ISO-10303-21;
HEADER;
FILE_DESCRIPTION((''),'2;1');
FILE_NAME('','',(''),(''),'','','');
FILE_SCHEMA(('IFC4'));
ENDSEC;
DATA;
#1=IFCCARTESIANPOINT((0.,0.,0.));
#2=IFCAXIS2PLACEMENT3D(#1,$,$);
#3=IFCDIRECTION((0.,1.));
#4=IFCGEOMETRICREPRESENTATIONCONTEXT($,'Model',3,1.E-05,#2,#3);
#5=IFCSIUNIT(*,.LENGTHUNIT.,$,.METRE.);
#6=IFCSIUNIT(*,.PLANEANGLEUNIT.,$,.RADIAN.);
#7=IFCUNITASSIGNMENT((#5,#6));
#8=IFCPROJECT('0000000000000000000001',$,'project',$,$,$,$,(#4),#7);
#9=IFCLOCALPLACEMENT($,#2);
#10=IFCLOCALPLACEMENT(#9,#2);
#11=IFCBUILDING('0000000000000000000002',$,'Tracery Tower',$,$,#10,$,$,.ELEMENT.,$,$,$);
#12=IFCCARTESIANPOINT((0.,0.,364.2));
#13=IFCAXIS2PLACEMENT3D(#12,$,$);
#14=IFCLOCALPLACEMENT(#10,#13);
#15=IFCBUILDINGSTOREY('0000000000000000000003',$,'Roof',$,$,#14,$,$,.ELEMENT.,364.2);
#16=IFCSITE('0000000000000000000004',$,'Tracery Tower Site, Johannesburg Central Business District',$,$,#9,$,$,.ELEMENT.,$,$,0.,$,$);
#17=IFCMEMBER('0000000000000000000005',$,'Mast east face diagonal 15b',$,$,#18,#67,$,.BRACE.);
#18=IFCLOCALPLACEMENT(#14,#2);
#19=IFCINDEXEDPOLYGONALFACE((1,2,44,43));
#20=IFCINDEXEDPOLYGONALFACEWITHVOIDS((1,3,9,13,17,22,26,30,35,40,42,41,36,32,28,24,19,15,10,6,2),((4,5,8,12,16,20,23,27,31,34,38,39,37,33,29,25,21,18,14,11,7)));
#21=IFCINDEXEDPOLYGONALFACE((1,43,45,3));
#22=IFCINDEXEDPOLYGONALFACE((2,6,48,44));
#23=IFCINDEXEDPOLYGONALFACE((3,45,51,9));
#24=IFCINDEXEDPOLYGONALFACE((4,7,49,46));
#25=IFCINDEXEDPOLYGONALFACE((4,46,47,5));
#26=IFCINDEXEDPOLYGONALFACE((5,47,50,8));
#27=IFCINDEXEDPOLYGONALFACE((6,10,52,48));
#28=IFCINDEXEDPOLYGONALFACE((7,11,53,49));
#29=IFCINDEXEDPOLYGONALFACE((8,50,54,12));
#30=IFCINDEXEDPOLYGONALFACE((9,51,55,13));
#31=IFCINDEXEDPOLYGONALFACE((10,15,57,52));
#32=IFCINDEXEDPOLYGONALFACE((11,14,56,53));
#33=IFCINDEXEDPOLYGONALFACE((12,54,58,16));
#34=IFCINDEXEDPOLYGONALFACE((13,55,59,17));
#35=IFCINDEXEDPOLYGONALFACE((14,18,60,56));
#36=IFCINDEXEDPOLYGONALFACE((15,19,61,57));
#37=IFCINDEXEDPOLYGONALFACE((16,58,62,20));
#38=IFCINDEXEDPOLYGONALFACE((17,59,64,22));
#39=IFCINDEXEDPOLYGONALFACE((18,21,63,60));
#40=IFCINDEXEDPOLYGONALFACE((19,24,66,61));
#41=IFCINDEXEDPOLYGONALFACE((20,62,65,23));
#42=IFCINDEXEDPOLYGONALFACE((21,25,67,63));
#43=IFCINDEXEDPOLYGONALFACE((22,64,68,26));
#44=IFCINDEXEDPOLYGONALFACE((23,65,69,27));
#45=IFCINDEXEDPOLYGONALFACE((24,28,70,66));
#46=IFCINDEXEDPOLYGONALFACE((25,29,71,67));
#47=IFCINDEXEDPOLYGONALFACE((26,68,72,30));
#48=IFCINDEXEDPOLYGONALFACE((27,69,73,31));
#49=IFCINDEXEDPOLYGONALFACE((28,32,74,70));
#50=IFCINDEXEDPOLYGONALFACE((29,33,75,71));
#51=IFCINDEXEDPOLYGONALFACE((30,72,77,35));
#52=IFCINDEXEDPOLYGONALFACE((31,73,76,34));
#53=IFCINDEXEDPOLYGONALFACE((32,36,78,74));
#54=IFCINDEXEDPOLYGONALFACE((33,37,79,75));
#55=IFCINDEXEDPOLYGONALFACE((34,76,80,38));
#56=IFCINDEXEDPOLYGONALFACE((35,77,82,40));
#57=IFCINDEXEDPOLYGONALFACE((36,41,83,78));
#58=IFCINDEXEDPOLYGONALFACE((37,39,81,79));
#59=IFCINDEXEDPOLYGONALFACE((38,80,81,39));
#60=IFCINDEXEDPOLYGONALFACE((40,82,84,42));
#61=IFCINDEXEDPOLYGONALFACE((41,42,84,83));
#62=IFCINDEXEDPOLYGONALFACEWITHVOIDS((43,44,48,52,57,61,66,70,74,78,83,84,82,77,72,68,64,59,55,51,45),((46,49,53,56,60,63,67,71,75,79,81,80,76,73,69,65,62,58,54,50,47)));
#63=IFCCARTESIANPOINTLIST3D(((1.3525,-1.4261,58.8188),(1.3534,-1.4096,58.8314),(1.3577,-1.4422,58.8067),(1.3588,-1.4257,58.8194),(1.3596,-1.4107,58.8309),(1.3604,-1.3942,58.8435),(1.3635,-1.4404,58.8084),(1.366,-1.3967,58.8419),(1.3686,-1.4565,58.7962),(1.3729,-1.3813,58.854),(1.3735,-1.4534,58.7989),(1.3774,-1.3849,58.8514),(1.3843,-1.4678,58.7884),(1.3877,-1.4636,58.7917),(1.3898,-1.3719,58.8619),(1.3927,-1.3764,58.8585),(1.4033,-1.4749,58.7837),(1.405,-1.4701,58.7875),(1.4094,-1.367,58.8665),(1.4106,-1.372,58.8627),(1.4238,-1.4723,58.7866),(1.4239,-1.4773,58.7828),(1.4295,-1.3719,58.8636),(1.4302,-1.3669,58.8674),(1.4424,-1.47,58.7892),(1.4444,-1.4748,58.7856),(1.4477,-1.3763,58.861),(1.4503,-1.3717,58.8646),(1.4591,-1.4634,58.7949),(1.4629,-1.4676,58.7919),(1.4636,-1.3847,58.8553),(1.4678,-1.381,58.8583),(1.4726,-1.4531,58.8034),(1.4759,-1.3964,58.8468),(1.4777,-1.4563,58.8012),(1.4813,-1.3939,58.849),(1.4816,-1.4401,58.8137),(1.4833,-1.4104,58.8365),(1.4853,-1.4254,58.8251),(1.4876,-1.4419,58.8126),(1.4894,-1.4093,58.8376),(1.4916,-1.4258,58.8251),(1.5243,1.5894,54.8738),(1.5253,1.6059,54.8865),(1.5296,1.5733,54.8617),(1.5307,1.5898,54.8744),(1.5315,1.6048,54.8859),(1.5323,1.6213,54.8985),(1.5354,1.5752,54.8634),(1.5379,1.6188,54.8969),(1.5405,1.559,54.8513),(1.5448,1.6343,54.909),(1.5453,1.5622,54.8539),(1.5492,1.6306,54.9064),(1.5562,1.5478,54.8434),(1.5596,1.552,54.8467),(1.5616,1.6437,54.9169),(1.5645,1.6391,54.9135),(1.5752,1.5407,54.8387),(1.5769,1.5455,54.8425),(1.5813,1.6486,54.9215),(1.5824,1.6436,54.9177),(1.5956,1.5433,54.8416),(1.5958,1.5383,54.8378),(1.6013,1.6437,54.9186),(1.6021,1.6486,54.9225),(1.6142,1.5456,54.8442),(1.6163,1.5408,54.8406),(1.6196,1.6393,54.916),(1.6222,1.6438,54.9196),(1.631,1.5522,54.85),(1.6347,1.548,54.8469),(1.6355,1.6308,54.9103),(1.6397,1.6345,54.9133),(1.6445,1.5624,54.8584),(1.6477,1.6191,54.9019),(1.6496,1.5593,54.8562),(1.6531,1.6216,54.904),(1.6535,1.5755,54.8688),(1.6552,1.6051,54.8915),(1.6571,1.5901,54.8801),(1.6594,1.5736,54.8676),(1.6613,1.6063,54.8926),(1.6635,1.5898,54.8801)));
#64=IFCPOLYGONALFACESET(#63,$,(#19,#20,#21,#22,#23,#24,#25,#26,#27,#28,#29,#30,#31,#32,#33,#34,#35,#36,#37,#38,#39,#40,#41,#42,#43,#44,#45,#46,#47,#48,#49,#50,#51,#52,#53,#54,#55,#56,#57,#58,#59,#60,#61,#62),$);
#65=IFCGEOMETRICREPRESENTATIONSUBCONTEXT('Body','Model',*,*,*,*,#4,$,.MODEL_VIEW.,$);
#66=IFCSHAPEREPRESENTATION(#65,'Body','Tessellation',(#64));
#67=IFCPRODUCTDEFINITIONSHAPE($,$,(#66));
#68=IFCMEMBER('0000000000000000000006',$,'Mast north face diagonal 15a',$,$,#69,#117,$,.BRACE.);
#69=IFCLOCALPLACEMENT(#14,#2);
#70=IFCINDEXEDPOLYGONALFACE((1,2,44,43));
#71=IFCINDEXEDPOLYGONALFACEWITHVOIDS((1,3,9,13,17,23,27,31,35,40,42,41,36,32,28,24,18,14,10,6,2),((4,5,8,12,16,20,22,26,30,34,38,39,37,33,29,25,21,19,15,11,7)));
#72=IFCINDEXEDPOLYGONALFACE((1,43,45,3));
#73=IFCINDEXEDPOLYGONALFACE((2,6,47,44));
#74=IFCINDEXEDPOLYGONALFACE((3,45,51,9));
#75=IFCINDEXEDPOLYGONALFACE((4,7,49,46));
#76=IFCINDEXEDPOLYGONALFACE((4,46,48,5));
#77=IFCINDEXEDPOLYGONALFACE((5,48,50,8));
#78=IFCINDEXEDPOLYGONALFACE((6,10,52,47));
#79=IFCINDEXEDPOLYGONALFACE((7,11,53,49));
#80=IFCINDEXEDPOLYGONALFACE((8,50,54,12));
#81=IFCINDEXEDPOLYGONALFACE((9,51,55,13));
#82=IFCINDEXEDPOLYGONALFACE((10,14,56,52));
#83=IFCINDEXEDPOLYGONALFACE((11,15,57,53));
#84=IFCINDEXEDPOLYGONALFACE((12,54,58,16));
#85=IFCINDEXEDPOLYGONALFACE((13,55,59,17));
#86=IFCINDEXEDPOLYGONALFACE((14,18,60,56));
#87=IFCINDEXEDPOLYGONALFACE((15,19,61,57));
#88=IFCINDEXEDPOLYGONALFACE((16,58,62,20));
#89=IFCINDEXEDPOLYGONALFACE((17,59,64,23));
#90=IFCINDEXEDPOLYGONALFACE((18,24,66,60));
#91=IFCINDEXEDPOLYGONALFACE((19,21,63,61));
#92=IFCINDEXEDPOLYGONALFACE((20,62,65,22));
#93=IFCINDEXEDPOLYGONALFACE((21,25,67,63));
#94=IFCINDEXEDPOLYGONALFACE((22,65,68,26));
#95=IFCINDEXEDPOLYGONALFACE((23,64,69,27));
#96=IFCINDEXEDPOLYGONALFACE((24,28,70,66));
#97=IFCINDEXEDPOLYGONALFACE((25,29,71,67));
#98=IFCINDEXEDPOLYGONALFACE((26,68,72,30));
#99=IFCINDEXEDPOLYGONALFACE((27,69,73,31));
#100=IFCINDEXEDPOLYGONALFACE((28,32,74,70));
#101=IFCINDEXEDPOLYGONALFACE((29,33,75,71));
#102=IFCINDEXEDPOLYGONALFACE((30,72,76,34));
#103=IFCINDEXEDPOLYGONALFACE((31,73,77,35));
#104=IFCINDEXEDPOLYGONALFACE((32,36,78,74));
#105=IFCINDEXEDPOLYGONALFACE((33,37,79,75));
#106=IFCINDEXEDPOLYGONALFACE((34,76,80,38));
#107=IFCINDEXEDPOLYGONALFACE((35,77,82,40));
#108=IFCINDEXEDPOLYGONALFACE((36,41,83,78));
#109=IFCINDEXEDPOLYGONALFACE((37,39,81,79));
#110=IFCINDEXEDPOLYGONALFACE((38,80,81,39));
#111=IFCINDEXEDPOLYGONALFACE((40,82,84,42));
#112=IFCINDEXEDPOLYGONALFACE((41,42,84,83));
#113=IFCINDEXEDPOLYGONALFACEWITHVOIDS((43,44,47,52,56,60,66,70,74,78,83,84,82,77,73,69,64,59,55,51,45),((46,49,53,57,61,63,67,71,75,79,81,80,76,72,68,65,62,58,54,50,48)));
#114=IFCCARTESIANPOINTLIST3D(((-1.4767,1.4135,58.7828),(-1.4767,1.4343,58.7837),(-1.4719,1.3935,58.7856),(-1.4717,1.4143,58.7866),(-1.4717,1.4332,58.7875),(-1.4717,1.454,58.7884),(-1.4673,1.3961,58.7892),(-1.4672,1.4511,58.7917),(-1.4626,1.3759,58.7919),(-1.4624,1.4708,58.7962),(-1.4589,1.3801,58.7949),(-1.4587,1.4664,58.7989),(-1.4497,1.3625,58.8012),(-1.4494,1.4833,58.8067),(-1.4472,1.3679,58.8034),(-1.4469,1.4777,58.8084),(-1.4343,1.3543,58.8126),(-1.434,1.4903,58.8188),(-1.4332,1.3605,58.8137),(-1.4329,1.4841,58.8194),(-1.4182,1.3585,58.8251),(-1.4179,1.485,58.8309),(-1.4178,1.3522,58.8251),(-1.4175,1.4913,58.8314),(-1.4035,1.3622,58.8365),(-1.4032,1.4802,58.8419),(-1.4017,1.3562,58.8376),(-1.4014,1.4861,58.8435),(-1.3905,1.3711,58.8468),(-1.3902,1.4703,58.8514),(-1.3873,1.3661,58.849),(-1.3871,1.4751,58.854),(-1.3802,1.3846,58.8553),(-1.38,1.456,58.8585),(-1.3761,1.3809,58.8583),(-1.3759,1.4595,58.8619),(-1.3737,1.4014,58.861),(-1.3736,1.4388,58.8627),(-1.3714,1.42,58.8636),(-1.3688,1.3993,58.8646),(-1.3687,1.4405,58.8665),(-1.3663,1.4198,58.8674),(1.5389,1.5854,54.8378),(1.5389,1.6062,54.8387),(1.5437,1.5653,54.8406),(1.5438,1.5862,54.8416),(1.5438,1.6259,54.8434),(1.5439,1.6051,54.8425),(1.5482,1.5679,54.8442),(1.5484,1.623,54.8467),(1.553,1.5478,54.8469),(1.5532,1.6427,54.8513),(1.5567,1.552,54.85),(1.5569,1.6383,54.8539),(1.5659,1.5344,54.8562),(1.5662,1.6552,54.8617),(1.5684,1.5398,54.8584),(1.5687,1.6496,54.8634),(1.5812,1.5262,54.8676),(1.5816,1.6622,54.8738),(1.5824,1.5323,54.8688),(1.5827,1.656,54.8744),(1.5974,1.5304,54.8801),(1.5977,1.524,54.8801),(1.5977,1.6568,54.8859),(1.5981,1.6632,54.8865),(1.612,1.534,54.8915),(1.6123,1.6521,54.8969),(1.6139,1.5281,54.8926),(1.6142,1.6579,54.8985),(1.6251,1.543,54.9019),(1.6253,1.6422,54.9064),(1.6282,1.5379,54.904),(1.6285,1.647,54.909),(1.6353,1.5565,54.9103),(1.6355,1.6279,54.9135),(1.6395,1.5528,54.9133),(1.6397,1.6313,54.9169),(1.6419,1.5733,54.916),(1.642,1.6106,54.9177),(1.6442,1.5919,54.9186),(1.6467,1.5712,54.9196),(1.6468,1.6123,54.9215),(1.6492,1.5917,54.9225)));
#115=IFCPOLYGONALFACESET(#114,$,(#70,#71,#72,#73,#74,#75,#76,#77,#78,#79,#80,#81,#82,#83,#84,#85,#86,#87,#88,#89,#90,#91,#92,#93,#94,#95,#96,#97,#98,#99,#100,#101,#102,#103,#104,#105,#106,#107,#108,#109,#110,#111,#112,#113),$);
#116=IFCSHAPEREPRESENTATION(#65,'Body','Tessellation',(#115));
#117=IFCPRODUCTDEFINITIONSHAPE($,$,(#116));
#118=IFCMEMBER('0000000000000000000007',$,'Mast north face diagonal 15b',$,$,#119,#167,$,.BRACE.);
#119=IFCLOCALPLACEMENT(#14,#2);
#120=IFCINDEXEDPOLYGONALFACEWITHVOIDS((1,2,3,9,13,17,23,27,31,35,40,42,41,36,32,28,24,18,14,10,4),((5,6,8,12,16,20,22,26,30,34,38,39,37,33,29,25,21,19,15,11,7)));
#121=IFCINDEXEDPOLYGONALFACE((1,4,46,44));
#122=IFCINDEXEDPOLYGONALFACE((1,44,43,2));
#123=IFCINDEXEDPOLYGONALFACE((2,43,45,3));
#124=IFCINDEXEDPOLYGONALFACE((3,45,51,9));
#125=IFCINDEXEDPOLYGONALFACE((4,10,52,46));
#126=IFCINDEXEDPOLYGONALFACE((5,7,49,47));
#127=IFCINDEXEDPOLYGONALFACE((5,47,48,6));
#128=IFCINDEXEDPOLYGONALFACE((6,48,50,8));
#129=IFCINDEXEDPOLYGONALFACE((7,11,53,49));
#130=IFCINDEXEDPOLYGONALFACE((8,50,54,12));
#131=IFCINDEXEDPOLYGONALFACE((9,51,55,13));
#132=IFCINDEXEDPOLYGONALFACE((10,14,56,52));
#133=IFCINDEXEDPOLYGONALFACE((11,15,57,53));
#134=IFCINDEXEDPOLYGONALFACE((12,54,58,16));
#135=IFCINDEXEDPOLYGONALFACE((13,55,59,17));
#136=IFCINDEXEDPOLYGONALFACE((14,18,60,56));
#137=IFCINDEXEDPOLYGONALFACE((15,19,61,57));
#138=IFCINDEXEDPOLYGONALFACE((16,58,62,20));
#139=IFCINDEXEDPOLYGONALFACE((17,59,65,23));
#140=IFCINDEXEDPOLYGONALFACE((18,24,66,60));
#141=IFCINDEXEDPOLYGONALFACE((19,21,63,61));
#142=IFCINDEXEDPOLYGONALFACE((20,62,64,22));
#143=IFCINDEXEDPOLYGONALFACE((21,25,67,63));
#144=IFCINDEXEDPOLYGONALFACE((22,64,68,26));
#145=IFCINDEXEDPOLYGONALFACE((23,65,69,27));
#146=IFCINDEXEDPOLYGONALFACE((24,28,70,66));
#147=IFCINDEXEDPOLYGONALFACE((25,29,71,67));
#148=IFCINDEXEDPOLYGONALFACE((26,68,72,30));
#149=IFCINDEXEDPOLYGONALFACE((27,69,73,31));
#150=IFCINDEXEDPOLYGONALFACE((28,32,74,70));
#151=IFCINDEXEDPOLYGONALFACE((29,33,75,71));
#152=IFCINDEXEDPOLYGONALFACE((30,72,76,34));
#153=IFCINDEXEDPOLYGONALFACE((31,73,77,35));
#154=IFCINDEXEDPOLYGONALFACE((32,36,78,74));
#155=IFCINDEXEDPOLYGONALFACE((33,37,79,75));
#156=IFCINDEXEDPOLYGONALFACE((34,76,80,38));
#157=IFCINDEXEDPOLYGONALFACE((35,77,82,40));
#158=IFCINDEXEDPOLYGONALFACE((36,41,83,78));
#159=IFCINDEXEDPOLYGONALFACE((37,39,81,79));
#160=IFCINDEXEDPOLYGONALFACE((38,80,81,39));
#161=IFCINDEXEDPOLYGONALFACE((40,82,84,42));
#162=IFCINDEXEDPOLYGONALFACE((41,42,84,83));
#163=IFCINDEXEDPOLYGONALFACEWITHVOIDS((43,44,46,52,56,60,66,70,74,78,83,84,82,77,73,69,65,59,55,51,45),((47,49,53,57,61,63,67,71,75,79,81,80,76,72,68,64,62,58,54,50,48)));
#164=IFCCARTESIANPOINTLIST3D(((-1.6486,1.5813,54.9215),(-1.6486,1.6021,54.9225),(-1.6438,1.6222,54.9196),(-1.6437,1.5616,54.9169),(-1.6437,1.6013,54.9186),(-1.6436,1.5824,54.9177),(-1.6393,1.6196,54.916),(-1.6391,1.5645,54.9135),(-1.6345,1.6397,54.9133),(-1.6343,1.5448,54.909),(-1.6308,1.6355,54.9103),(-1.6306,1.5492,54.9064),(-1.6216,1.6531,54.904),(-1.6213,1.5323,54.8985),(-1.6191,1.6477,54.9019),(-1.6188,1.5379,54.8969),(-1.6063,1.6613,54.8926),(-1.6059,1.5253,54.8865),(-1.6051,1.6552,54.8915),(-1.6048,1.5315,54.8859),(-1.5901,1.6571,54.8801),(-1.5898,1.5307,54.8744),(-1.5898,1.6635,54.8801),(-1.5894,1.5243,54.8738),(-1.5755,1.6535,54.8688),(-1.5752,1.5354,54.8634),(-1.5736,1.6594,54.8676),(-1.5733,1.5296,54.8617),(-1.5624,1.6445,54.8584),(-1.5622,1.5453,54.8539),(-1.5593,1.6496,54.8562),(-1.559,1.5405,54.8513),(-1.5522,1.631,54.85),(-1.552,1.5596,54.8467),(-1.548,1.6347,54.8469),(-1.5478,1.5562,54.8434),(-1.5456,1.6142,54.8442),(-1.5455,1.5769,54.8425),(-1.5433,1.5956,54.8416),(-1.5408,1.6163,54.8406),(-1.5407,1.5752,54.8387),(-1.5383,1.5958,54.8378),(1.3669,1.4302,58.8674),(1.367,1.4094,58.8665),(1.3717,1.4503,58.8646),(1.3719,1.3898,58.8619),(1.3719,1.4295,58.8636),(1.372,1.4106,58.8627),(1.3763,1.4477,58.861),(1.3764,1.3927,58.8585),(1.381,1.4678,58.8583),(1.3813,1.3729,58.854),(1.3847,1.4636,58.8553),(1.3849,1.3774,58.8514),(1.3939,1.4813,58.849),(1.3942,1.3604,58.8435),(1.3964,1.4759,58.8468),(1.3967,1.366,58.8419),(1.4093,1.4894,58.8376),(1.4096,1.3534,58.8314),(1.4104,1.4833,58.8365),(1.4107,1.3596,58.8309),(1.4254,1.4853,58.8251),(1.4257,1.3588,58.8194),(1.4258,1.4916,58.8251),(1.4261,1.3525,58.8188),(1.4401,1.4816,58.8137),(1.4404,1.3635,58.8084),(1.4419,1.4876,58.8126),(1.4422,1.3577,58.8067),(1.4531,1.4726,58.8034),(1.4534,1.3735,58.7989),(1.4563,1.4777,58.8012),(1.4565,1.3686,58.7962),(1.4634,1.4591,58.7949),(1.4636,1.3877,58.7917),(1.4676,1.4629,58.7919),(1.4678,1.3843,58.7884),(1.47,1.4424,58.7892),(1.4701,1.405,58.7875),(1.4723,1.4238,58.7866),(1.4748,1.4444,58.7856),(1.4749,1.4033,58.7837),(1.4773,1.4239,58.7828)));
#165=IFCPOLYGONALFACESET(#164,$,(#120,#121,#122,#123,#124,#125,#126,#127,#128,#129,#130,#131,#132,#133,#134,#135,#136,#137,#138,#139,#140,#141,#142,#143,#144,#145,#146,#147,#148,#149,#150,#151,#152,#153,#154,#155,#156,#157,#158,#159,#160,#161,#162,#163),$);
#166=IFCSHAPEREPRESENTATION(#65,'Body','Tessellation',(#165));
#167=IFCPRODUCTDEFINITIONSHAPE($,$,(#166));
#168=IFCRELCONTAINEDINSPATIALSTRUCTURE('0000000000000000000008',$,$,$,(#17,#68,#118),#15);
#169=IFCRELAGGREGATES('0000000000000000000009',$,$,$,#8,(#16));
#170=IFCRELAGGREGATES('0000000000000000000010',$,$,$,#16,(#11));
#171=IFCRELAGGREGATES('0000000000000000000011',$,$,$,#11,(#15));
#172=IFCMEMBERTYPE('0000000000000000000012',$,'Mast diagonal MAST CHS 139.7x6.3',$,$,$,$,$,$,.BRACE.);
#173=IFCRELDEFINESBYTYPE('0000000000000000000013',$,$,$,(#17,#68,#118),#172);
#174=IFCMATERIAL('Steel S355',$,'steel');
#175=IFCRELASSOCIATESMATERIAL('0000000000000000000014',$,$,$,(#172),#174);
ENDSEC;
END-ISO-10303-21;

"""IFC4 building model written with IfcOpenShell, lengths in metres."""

from ifc_helpers import new_model, si_unit, direction, frame, origin, origin_2d, place, context, subcontext, project, spatial, hollow_circle, extrude, material, material_profile, profile_set, type_object, element, save


model = new_model("IFC4")

# Units and contexts
model_context = context("Model", 3, precision=1e-05, world=origin(), true_north=direction((0.0, 1.0)))
body_context = subcontext(model_context, "Body", "Model", "MODEL_VIEW")
ifc_project = project(units=[si_unit("LENGTHUNIT", "METRE"), si_unit("PLANEANGLEUNIT", "RADIAN")], contexts=[model_context])

# Site, building, storey
site_placement = place(None, origin())
site = spatial("IfcSite", under=ifc_project, at=site_placement, Name="Tracery Tower Site, Johannesburg Central Business District", CompositionType="ELEMENT", RefElevation=0.0)
building_placement = place(site_placement, origin())
building = spatial("IfcBuilding", under=site, at=building_placement, Name="Tracery Tower", CompositionType="ELEMENT")
storey_placement = place(building_placement, frame((0.0, 0.0, 364.2)))
storey = spatial("IfcBuildingStorey", under=building, at=storey_placement, Name="Roof", CompositionType="ELEMENT", Elevation=364.2)

# Members
ifc_material_1 = material(Name="Steel S355", Category="steel")
ifc_material_profile_1 = material_profile(ifc_material_1, hollow_circle(Radius=0.0698, WallThickness=0.0063, at=origin_2d()), Name="CHS 139.7x6.3")
ifc_profile_set_1 = profile_set([ifc_material_profile_1], Name="Steel S355")
member_type_1 = type_object("IfcMemberType", Name="Mast diagonal MAST CHS 139.7x6.3", PredefinedType="BRACE", material=ifc_profile_set_1)
for number, where, z_axis, x_axis, name in (
    (1, (1.5938, 1.5938, 54.8801), (-0.034592, -0.606935, 0.793998), (0.99838, -0.056902, 0.0), "Mast east face diagonal 15b"),
    (2, (1.5938, 1.5938, 54.8801), (-0.606935, -0.034592, 0.793998), (0.056902, -0.99838, 0.0), "Mast north face diagonal 15a"),
    (3, (-1.5938, 1.5938, 54.8801), (0.606935, -0.034592, 0.793998), (0.056902, 0.99838, 0.0), "Mast north face diagonal 15b"),
):
    element("IfcMember", number, at=place(storey_placement, frame(where, z_axis=z_axis, x_axis=x_axis)), inside=storey, type_object=member_type_1, Name=name, PredefinedType="BRACE", context=body_context, shape_type="SweptSolid", body=[
        extrude(hollow_circle(Radius=0.0698, WallThickness=0.0063, at=origin_2d()), origin(), (0.0, 0.0, 1.0), 4.9685),
    ])

save(model, "model.ifc")
